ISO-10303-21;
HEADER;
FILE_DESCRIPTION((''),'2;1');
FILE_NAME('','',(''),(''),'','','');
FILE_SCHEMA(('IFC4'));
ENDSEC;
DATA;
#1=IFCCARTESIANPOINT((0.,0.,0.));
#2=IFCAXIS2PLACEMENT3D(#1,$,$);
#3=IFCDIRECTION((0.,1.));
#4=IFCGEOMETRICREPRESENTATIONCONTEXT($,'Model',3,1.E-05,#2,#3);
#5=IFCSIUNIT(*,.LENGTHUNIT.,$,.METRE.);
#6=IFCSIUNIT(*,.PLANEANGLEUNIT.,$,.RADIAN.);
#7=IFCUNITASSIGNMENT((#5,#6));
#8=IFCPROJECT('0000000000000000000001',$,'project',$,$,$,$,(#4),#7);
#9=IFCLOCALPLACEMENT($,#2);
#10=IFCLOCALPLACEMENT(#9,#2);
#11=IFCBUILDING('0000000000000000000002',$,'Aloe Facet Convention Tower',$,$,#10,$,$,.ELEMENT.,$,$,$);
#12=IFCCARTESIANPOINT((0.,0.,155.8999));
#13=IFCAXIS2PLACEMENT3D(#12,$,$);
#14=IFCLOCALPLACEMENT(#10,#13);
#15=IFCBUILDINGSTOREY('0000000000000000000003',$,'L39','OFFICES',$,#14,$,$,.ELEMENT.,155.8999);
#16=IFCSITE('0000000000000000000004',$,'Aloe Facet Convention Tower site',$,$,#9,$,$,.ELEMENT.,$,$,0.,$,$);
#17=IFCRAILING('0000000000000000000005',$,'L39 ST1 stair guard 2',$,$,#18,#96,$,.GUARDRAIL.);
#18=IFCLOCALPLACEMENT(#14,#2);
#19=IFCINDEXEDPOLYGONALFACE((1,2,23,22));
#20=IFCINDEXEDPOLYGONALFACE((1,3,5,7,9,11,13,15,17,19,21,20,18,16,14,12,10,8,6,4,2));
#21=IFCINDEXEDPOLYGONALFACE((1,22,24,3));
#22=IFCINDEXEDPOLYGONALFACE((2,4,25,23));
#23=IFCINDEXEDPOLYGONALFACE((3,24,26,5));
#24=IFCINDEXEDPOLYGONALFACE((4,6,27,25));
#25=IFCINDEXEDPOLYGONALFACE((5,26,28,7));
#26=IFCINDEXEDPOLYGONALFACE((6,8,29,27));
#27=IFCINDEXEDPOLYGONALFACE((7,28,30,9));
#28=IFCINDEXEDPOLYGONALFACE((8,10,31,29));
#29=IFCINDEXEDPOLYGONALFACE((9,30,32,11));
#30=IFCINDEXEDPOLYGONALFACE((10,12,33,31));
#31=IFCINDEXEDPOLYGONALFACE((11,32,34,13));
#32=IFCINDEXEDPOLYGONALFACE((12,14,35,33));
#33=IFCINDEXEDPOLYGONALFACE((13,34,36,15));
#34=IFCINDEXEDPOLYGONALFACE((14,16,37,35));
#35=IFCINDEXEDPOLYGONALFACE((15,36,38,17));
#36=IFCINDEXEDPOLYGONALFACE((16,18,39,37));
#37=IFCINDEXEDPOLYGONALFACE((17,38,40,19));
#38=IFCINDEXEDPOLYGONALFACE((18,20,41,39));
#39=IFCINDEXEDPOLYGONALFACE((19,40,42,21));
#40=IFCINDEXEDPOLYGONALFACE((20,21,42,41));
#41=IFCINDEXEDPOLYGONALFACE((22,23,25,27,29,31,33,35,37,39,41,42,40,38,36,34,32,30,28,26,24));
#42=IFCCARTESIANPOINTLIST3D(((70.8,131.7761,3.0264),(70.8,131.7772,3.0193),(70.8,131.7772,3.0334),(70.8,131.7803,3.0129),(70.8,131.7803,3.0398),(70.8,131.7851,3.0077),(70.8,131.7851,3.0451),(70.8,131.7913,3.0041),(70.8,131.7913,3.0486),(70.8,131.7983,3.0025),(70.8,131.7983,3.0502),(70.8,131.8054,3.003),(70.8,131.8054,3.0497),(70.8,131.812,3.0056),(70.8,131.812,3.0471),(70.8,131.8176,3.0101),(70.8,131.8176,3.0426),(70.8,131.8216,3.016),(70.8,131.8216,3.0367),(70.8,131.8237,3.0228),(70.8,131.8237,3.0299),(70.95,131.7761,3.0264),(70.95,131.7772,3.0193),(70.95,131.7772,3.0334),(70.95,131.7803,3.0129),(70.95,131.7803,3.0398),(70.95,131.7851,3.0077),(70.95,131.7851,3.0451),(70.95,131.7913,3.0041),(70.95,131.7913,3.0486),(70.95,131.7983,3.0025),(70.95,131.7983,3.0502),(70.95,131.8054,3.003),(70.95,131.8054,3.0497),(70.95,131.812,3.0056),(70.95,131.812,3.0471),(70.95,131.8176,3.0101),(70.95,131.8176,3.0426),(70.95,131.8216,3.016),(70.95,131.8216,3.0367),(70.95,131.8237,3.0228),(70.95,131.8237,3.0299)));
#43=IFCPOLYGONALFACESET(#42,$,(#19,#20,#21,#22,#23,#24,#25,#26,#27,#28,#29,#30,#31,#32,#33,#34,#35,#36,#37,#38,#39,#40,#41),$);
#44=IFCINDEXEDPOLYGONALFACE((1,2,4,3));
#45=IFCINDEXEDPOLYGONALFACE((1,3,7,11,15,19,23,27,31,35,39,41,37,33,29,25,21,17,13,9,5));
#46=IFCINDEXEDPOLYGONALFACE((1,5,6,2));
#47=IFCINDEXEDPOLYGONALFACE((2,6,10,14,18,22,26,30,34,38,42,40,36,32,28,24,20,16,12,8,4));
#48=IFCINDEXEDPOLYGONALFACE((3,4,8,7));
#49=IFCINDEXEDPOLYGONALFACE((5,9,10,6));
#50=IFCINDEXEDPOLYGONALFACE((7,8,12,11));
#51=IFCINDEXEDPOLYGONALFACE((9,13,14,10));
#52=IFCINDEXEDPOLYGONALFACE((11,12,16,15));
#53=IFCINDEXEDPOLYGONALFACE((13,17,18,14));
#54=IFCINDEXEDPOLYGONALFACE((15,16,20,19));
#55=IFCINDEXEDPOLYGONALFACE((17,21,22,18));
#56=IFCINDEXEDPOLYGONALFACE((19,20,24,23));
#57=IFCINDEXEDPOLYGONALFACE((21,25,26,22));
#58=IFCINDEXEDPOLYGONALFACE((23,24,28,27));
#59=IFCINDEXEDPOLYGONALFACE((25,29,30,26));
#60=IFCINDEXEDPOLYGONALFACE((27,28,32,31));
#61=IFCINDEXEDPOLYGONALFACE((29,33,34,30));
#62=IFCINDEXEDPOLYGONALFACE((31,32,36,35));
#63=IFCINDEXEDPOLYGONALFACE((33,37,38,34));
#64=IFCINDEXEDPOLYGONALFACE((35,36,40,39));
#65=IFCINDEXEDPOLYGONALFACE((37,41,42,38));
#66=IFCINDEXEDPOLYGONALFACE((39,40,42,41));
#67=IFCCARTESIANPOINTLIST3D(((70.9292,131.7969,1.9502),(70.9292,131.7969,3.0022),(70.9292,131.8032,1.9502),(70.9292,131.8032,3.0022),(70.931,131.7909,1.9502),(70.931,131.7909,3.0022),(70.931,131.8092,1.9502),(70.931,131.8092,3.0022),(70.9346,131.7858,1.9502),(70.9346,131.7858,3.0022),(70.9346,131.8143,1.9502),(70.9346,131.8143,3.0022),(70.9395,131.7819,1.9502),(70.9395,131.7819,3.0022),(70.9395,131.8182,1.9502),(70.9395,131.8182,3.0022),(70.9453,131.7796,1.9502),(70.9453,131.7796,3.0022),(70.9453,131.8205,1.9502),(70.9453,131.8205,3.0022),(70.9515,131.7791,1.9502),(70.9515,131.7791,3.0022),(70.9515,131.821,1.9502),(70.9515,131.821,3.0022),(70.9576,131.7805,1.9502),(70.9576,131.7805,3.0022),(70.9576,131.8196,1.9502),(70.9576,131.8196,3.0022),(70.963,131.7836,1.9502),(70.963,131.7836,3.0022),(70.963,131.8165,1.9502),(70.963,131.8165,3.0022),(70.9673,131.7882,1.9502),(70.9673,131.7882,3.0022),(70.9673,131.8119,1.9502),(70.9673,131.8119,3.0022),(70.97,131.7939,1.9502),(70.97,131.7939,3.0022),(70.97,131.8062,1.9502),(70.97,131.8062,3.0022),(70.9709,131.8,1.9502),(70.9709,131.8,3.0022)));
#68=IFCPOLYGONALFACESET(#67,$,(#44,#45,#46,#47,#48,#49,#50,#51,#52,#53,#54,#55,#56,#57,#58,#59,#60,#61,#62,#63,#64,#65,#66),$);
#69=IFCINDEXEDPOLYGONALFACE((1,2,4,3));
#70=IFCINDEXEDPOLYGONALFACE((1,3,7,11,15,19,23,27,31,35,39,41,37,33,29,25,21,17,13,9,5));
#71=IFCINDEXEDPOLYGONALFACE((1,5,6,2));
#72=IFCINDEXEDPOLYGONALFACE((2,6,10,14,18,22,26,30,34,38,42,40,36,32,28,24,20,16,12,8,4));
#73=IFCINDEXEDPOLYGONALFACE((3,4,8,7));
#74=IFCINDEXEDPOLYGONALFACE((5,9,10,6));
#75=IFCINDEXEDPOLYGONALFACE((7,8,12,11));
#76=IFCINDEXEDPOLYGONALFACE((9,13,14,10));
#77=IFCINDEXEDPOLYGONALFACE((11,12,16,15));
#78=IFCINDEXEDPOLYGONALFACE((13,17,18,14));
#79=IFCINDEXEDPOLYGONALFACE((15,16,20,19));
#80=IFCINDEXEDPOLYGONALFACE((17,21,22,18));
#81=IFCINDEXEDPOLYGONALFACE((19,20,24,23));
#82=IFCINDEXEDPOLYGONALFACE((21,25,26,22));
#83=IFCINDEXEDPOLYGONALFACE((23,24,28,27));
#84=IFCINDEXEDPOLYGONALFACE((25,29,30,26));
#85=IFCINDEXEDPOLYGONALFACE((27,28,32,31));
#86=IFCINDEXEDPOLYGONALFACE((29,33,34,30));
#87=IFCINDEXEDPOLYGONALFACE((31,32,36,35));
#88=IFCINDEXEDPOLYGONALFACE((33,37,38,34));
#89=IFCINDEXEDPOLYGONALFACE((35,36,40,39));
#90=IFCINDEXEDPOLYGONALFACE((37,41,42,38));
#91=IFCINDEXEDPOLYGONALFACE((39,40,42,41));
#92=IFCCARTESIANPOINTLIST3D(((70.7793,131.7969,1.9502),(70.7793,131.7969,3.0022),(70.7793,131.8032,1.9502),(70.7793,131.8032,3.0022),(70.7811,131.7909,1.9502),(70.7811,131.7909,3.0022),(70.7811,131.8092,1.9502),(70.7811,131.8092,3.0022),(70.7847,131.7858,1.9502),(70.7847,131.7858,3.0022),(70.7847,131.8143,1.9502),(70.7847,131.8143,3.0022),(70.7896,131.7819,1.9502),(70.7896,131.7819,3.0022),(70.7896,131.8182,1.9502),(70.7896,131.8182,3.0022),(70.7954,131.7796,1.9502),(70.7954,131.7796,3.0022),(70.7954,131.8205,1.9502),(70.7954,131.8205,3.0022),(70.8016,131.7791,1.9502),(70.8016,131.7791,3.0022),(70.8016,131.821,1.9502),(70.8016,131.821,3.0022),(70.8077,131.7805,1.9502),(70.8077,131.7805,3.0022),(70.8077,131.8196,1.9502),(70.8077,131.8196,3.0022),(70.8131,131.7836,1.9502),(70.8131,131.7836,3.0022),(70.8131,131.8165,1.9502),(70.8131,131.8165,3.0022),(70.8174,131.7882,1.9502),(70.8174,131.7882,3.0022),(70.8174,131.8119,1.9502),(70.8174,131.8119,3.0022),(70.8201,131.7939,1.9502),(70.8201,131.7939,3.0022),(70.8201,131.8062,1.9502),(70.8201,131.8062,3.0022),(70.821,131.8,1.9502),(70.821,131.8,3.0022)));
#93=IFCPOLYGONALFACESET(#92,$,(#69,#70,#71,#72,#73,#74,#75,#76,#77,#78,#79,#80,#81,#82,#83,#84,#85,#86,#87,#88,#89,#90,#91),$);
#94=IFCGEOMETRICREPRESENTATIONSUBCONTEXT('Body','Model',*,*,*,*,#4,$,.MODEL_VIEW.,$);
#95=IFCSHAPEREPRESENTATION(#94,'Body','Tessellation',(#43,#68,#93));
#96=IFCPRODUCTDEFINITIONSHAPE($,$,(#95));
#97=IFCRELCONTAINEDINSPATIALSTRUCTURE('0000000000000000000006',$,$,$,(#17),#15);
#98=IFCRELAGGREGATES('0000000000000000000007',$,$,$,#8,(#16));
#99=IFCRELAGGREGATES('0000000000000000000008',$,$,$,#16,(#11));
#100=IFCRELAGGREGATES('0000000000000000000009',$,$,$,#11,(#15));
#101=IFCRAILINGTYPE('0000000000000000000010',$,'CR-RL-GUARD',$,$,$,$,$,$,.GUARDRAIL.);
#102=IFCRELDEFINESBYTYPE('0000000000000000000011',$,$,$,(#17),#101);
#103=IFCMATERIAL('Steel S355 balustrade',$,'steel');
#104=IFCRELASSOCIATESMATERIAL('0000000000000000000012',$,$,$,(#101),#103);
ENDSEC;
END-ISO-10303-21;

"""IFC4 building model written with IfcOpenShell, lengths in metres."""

from ifc_helpers import new_model, si_unit, direction, frame, origin, origin_2d, place, context, subcontext, project, spatial, circle, extrude, material, type_object, element, save


model = new_model("IFC4")

# Units and contexts
model_context = context("Model", 3, precision=1e-05, world=origin(), true_north=direction((0.0, 1.0)))
body_context = subcontext(model_context, "Body", "Model", "MODEL_VIEW")
ifc_project = project(units=[si_unit("LENGTHUNIT", "METRE"), si_unit("PLANEANGLEUNIT", "RADIAN")], contexts=[model_context])

# Site, building, storey
site_placement = place(None, origin())
site = spatial("IfcSite", under=ifc_project, at=site_placement, Name="Aloe Facet Convention Tower site", CompositionType="ELEMENT", RefElevation=0.0)
building_placement = place(site_placement, origin())
building = spatial("IfcBuilding", under=site, at=building_placement, Name="Aloe Facet Convention Tower", CompositionType="ELEMENT")
storey_placement = place(building_placement, frame((0.0, 0.0, 155.8999)))
storey = spatial("IfcBuildingStorey", under=building, at=storey_placement, Name="L39", Description="OFFICES", CompositionType="ELEMENT", Elevation=155.8999)

# Railing
ifc_material_1 = material(Name="Steel S355 balustrade", Category="steel")
railing_type_1 = type_object("IfcRailingType", Name="CR-RL-GUARD", PredefinedType="GUARDRAIL", material=ifc_material_1)
railing_1_placement = place(storey_placement, frame((70.95, 131.8, 1.9502)))
element("IfcRailing", 1, at=railing_1_placement, inside=storey, type_object=railing_type_1, Name="L39 ST1 stair guard 2", PredefinedType="GUARDRAIL", context=body_context, shape_type="SweptSolid", body=[
    extrude(circle(Radius=0.0239, at=origin_2d()), frame((0.0, 0.0, 1.0762), z_axis=(-1.0, 0.0, 0.0), x_axis=(0.0, -1.0, 0.0)), (0.0, 0.0, 1.0), 0.1499),
    extrude(circle(Radius=0.021, at=origin_2d()), origin(), (0.0, 0.0, 1.0), 1.052),
    extrude(circle(Radius=0.021, at=origin_2d()), frame((-0.1499, 0.0, 0.0)), (0.0, 0.0, 1.0), 1.052),
])

save(model, "model.ifc")
